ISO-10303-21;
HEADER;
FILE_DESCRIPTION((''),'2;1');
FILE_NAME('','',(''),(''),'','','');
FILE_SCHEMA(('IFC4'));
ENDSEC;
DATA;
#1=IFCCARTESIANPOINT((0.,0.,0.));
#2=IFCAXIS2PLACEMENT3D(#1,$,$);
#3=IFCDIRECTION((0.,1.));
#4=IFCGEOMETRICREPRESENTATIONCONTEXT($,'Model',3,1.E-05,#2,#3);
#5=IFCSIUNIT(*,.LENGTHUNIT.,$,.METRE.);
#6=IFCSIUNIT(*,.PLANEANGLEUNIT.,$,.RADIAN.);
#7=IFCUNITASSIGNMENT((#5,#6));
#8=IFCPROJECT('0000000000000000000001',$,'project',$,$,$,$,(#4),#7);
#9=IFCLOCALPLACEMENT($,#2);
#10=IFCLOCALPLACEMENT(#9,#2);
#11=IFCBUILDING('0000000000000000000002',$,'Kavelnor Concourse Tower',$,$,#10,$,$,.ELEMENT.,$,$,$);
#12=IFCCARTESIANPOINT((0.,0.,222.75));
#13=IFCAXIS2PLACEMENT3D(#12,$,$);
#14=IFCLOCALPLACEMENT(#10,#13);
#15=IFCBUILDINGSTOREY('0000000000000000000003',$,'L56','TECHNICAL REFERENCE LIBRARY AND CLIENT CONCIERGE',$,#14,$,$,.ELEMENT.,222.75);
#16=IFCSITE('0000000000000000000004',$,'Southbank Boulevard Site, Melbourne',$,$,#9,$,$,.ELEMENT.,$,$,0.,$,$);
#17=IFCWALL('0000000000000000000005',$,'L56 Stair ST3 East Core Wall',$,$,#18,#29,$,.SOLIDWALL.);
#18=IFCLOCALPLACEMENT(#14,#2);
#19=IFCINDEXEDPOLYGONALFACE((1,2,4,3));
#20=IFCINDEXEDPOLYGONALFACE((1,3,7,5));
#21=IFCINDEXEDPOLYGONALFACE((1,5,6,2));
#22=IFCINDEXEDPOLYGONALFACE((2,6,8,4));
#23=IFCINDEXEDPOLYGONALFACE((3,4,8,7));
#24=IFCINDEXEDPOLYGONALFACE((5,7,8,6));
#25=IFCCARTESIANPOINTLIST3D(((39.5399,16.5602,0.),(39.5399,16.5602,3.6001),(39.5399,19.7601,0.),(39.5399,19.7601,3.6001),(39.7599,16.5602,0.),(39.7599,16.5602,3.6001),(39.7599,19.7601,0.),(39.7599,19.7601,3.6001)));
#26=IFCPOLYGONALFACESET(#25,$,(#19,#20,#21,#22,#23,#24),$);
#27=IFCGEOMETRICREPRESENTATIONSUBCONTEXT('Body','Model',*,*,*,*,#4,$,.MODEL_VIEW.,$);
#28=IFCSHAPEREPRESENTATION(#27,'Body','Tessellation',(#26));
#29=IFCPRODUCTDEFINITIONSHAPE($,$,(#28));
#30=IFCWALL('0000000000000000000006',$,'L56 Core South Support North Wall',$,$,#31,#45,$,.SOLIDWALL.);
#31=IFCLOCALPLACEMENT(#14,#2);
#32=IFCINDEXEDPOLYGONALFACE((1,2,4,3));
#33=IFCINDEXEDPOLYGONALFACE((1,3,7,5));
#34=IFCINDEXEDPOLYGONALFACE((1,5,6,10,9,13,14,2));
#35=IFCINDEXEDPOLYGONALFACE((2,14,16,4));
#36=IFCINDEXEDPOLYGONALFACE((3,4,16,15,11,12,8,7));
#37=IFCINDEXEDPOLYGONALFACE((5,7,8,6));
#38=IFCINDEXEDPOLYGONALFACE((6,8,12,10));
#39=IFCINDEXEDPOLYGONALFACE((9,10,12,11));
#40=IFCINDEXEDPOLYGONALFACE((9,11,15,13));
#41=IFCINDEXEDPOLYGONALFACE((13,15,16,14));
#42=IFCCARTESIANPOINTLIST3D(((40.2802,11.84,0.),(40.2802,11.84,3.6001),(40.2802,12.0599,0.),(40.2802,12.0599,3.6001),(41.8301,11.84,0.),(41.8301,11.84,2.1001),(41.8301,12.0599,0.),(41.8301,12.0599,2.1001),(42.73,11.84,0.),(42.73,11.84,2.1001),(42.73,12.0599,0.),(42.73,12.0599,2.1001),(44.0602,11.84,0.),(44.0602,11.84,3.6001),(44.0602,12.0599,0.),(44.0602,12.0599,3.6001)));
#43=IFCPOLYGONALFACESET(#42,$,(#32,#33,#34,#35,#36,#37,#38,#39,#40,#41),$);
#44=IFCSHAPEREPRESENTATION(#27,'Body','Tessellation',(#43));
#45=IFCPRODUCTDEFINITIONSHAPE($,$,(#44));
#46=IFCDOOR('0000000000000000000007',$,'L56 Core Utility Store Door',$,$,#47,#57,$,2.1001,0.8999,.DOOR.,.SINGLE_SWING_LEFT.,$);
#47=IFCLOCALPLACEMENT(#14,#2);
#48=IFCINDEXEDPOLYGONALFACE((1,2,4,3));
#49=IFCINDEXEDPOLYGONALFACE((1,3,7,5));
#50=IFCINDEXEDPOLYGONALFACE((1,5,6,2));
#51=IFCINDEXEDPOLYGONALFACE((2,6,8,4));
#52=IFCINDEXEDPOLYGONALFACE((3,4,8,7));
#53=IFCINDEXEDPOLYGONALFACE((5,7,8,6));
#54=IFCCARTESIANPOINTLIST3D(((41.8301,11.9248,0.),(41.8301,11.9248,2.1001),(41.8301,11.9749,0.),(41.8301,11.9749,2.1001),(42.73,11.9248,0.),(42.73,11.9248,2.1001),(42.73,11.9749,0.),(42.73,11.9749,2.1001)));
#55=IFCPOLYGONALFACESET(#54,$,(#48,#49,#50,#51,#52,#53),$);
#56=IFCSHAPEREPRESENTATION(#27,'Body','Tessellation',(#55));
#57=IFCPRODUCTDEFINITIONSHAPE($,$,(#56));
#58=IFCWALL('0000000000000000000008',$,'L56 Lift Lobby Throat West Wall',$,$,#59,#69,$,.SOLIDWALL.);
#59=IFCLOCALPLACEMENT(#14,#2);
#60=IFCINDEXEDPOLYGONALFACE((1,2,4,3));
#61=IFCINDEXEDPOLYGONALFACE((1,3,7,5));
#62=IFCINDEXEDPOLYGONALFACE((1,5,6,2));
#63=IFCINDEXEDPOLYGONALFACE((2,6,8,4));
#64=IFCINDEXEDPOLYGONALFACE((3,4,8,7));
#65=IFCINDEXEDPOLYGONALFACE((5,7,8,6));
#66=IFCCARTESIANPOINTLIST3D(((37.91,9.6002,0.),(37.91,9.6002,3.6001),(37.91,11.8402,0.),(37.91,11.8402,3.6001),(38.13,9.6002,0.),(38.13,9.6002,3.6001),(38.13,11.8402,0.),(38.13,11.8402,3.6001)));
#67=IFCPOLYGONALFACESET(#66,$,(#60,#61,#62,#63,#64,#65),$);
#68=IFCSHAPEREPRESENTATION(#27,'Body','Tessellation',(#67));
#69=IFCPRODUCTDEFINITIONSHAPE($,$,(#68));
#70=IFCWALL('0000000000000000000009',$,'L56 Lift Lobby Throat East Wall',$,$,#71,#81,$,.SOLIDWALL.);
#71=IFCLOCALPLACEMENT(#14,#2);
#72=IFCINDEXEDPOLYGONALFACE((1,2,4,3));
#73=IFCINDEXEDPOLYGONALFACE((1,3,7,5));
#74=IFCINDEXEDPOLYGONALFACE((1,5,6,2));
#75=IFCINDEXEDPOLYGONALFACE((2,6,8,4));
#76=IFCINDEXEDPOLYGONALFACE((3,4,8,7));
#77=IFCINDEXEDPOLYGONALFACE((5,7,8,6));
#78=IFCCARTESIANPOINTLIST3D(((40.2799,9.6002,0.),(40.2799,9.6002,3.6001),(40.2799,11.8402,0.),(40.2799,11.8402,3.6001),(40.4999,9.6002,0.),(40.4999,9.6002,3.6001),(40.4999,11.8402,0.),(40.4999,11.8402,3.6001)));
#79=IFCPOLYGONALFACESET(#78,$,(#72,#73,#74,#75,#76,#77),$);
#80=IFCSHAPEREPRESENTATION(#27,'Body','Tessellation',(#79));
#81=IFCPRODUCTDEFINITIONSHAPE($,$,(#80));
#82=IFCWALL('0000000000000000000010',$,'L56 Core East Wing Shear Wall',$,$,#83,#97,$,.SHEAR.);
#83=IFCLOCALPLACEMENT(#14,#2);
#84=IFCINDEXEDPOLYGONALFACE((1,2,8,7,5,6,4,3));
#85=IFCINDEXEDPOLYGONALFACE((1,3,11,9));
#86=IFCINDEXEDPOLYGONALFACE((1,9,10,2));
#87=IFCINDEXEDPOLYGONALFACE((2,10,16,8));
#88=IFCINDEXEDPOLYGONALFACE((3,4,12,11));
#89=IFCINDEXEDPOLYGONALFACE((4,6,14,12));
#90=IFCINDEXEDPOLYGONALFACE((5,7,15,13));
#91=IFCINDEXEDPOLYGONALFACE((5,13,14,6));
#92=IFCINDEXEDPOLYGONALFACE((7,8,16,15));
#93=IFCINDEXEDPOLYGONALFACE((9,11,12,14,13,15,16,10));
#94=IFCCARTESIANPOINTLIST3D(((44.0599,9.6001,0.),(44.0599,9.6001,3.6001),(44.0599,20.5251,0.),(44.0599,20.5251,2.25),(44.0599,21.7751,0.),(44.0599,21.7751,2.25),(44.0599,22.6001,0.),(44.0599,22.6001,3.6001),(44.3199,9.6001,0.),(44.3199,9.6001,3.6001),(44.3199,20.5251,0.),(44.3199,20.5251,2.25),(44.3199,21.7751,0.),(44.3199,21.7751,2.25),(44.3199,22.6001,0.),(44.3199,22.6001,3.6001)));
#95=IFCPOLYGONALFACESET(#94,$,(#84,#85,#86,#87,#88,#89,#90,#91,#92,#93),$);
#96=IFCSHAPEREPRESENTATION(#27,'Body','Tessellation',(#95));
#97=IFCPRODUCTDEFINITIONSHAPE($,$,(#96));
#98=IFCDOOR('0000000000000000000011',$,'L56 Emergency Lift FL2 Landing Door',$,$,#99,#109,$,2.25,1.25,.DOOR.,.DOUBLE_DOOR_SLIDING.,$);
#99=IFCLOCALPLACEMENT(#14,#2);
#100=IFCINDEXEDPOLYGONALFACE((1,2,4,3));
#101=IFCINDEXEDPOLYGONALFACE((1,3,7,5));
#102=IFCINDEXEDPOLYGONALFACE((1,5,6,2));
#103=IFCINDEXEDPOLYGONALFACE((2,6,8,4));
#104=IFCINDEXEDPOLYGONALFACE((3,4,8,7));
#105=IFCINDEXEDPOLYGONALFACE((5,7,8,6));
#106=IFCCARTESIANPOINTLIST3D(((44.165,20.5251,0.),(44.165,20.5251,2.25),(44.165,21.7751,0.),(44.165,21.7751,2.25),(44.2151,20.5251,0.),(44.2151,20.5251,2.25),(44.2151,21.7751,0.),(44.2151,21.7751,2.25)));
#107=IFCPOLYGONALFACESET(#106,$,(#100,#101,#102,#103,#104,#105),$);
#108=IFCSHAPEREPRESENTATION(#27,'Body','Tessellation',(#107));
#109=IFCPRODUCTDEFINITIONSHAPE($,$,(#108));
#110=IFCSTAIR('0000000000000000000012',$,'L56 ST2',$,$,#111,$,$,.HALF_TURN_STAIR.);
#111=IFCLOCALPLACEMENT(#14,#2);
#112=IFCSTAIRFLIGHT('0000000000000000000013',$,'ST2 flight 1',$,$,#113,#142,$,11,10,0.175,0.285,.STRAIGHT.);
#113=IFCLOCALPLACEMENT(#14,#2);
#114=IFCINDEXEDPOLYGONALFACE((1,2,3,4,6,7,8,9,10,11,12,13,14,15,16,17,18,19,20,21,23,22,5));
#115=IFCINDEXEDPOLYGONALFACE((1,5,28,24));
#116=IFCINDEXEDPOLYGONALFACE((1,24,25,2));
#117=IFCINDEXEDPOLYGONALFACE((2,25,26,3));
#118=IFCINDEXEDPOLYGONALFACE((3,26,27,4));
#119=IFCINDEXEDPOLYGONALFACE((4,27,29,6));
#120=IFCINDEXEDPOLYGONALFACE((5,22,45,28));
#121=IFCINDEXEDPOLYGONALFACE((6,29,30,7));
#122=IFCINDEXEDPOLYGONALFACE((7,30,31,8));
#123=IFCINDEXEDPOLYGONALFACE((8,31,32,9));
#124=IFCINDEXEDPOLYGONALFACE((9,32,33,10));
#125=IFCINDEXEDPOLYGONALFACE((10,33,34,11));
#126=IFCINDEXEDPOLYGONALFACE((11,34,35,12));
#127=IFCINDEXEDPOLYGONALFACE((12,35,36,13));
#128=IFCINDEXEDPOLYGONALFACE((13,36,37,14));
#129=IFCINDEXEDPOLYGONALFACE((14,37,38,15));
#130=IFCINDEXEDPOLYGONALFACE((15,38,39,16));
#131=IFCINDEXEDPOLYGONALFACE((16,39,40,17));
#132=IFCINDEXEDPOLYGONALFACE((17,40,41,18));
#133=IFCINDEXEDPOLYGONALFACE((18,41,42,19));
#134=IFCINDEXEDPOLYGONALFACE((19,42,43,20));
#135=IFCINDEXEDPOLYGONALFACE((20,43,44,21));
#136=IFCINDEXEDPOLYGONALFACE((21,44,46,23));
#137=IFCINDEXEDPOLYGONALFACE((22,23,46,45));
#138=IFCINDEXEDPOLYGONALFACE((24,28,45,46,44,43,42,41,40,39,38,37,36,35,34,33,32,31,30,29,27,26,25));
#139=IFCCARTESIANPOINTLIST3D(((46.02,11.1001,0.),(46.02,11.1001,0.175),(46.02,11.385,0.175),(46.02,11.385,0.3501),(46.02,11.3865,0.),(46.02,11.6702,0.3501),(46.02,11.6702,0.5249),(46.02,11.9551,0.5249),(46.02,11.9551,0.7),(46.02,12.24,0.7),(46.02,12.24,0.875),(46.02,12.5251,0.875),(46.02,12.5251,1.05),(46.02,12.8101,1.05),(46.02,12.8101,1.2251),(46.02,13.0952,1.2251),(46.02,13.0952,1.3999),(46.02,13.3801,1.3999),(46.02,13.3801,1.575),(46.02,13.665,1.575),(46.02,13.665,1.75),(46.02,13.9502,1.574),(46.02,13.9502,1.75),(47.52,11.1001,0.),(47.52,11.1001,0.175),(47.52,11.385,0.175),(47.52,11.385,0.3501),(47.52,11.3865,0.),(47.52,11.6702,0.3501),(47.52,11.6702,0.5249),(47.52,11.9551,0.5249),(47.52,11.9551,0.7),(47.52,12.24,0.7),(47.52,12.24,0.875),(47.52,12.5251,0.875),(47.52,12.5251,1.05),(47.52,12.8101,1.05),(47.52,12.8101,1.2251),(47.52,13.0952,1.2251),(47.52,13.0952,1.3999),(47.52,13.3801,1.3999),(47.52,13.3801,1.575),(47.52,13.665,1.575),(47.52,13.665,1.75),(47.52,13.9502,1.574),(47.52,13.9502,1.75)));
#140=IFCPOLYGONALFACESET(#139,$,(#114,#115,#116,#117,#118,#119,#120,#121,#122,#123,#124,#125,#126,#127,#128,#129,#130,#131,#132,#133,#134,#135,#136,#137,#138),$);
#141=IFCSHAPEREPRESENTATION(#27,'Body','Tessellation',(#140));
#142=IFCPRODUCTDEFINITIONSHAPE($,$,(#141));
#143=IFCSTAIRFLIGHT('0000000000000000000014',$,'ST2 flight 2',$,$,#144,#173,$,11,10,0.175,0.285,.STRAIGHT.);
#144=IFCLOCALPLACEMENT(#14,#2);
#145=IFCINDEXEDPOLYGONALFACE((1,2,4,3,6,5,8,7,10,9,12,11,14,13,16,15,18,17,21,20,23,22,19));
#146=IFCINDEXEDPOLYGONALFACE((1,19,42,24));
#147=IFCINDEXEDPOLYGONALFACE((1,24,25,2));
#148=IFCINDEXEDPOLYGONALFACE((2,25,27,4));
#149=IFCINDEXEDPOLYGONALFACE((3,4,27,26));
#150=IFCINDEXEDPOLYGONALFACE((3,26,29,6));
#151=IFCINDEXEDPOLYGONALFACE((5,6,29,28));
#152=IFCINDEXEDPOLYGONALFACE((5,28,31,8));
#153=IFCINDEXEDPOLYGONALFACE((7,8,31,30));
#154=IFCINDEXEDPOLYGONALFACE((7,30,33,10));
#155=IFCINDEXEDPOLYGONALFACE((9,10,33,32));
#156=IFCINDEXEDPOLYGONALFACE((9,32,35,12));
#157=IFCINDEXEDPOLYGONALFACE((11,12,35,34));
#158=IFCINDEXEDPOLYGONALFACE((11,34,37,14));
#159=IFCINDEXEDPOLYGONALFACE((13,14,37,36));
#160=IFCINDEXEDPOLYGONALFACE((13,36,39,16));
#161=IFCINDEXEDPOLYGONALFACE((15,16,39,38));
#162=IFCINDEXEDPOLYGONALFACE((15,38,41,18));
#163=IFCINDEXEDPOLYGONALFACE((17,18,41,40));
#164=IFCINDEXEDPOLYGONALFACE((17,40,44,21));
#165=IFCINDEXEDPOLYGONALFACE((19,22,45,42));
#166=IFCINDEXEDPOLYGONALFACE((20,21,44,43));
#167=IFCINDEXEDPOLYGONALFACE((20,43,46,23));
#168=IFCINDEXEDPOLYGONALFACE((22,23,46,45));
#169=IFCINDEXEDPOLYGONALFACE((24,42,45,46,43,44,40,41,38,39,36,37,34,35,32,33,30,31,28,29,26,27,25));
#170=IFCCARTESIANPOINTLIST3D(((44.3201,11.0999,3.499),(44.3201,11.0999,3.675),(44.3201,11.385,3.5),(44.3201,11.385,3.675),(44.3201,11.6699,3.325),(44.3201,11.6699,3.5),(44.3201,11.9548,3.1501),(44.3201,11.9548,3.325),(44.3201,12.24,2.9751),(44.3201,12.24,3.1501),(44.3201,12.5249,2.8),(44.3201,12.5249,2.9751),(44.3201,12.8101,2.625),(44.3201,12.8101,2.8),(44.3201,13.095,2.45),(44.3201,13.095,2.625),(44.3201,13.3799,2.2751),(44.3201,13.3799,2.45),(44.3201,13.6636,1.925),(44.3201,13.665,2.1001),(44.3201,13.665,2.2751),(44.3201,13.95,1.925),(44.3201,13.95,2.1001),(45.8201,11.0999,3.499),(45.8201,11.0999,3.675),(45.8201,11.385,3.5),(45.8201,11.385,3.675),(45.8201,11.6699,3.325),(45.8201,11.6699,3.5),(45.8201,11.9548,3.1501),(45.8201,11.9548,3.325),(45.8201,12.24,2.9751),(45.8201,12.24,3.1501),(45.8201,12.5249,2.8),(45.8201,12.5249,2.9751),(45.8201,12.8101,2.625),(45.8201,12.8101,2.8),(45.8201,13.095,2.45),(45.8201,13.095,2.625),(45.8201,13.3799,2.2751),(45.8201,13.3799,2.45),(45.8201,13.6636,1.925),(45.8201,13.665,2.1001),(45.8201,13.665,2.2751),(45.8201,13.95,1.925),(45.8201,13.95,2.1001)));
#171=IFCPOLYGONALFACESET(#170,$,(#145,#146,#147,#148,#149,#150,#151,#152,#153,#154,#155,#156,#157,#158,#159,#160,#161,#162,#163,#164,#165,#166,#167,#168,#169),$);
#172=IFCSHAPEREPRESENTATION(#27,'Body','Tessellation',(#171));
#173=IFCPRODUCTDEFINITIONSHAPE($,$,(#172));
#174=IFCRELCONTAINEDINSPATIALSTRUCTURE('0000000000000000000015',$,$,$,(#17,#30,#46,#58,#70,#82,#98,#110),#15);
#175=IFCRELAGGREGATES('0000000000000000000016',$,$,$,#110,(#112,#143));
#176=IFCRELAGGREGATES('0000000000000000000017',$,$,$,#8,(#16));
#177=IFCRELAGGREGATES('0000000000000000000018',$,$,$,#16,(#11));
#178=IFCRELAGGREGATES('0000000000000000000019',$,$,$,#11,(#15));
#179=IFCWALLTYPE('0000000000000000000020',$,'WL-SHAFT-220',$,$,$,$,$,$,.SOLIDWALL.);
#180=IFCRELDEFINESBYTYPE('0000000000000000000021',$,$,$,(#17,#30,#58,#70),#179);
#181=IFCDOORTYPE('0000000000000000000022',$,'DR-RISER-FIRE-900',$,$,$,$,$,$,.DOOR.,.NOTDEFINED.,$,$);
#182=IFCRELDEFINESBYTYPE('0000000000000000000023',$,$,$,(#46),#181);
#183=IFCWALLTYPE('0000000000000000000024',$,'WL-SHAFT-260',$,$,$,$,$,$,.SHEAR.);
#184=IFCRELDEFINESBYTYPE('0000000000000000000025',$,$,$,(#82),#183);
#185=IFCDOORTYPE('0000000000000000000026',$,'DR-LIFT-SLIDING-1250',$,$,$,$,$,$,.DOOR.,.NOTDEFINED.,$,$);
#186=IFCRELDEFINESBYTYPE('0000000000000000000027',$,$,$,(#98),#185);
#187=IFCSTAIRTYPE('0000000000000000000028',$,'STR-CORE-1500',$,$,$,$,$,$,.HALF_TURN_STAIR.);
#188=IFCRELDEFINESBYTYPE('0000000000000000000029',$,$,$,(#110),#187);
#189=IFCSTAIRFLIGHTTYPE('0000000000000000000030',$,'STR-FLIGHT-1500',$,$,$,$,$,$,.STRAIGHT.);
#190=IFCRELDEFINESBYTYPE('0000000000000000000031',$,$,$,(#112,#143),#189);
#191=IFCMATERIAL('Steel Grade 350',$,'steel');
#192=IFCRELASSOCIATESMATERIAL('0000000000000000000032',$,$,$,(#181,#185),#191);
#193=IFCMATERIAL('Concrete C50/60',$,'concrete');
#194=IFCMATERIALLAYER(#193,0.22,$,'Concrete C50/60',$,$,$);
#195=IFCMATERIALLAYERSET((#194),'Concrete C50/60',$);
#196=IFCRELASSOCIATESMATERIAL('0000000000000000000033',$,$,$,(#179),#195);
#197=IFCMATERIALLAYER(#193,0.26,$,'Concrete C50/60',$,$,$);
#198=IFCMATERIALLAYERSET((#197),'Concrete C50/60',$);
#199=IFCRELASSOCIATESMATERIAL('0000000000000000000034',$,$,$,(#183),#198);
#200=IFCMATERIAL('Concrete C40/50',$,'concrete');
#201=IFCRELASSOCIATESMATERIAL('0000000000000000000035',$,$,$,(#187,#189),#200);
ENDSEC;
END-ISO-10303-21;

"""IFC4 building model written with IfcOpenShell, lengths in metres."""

from ifc_helpers import new_model, si_unit, direction, frame, frame_2d, origin, place, context, subcontext, project, spatial, polyline, rectangle, outline, extrude, material, layer, layer_set, type_object, element, fill, aggregate, save


model = new_model("IFC4")

# Units and contexts
model_context = context("Model", 3, precision=1e-05, world=origin(), true_north=direction((0.0, 1.0)))
body_context = subcontext(model_context, "Body", "Model", "MODEL_VIEW")
ifc_project = project(units=[si_unit("LENGTHUNIT", "METRE"), si_unit("PLANEANGLEUNIT", "RADIAN")], contexts=[model_context])

# Site, building, storey
site_placement = place(None, origin())
site = spatial("IfcSite", under=ifc_project, at=site_placement, Name="Southbank Boulevard Site, Melbourne", CompositionType="ELEMENT", RefElevation=0.0)
building_placement = place(site_placement, origin())
building = spatial("IfcBuilding", under=site, at=building_placement, Name="Kavelnor Concourse Tower", CompositionType="ELEMENT")
storey_placement = place(building_placement, frame((0.0, 0.0, 222.75)))
storey = spatial("IfcBuildingStorey", under=building, at=storey_placement, Name="L56", Description="TECHNICAL REFERENCE LIBRARY AND CLIENT CONCIERGE", CompositionType="ELEMENT", Elevation=222.75)

# Shared definitions
ifc_material_1 = material(Name="Steel Grade 350", Category="steel")

# Shared definitions
ifc_material_2 = material(Name="Concrete C50/60", Category="concrete")
door_type_1 = type_object("IfcDoorType", Name="DR-RISER-FIRE-900", OperationType="NOTDEFINED", PredefinedType="DOOR", material=ifc_material_1)

# Wall
ifc_layer_1 = layer(ifc_material_2, 0.22, Name="Concrete C50/60")
ifc_layer_set_1 = layer_set([ifc_layer_1], Name="Concrete C50/60")
wall_type_1 = type_object("IfcWallType", Name="WL-SHAFT-220", PredefinedType="SOLIDWALL", material=ifc_layer_set_1)
wall_1_placement = place(storey_placement, frame((39.6499, 16.5601, 0.0), z_axis=(0.0, 0.0, 1.0), x_axis=(0.0, 1.0, 0.0)))
element("IfcWall", 1, at=wall_1_placement, inside=storey, type_object=wall_type_1, Name="L56 Stair ST3 East Core Wall", PredefinedType="SOLIDWALL", context=body_context, shape_type="SweptSolid", body=[
    extrude(rectangle(XDim=3.2, YDim=0.22, at=frame_2d((1.6001, 0.0))), origin(), (0.0, 0.0, 1.0), 3.6001),
])

# Wall, opening, door
wall_2_placement = place(storey_placement, frame((40.28, 11.95, 0.0), z_axis=(0.0, 0.0, 1.0), x_axis=(1.0, 0.0, 0.0)))
wall_2 = element("IfcWall", 2, at=wall_2_placement, inside=storey, type_object=wall_type_1, Name="L56 Core South Support North Wall", PredefinedType="SOLIDWALL", context=body_context, shape_type="SweptSolid", body=[
    extrude(rectangle(XDim=3.78, YDim=0.22, at=frame_2d((1.8901, 0.0))), origin(), (0.0, 0.0, 1.0), 3.6001),
])
opening_1_placement = place(wall_2_placement, frame((1.55, 0.0, 0.0)))
opening_1 = element("IfcOpeningElement", 3, at=opening_1_placement, cuts=wall_2, PredefinedType="OPENING", context=body_context, shape_type="SweptSolid", body=[
    extrude(rectangle(XDim=0.8999, YDim=2.1001, at=frame_2d((0.45, 1.05))), frame((0.0, 0.1201, 0.0), z_axis=(0.0, -1.0, 0.0), x_axis=(1.0, 0.0, 0.0)), (0.0, 0.0, 1.0), 0.24),
])
door_1_placement = place(opening_1_placement, origin())
door_1 = element("IfcDoor", 4, at=door_1_placement, inside=storey, type_object=door_type_1, Name="L56 Core Utility Store Door", OperationType="SINGLE_SWING_LEFT", OverallHeight=2.1001, OverallWidth=0.8999, PredefinedType="DOOR", context=body_context, shape_type="SweptSolid", body=[
    extrude(rectangle(XDim=0.8999, YDim=2.1001, at=frame_2d((0.45, 1.05))), frame((0.0, 0.0249, 0.0), z_axis=(0.0, -1.0, 0.0), x_axis=(1.0, 0.0, 0.0)), (0.0, 0.0, 1.0), 0.05),
])
fill(opening_1, door_1)

# Walls
for number, where, z_axis, x_axis, name in (
    (5, (38.02, 9.6001, 0.0), (0.0, 0.0, 1.0), (0.0, 1.0, 0.0), "L56 Lift Lobby Throat West Wall"),
    (6, (40.3899, 9.6001, 0.0), (0.0, 0.0, 1.0), (0.0, 1.0, 0.0), "L56 Lift Lobby Throat East Wall"),
):
    element("IfcWall", number, at=place(storey_placement, frame(where, z_axis=z_axis, x_axis=x_axis)), inside=storey, type_object=wall_type_1, Name=name, PredefinedType="SOLIDWALL", context=body_context, shape_type="SweptSolid", body=[
        extrude(rectangle(XDim=2.24, YDim=0.22, at=frame_2d((1.1201, 0.0))), origin(), (0.0, 0.0, 1.0), 3.6001),
    ])

# Wall, opening, door
ifc_layer_2 = layer(ifc_material_2, 0.26, Name="Concrete C50/60")
ifc_layer_set_2 = layer_set([ifc_layer_2], Name="Concrete C50/60")
wall_type_2 = type_object("IfcWallType", Name="WL-SHAFT-260", PredefinedType="SHEAR", material=ifc_layer_set_2)
wall_3_placement = place(storey_placement, frame((44.1899, 9.6001, 0.0), z_axis=(0.0, 0.0, 1.0), x_axis=(0.0, 1.0, 0.0)))
wall_3 = element("IfcWall", 7, at=wall_3_placement, inside=storey, type_object=wall_type_2, Name="L56 Core East Wing Shear Wall", PredefinedType="SHEAR", context=body_context, shape_type="SweptSolid", body=[
    extrude(rectangle(XDim=13.0, YDim=0.26, at=frame_2d((6.5, 0.0))), origin(), (0.0, 0.0, 1.0), 3.6001),
])
opening_2_placement = place(wall_3_placement, frame((10.925, 0.0, 0.0)))
opening_2 = element("IfcOpeningElement", 8, at=opening_2_placement, cuts=wall_3, PredefinedType="OPENING", context=body_context, shape_type="SweptSolid", body=[
    extrude(rectangle(XDim=1.25, YDim=2.25, at=frame_2d((0.625, 1.125))), frame((0.0, 0.1401, 0.0), z_axis=(0.0, -1.0, 0.0), x_axis=(1.0, 0.0, 0.0)), (0.0, 0.0, 1.0), 0.28),
])
door_type_2 = type_object("IfcDoorType", Name="DR-LIFT-SLIDING-1250", OperationType="NOTDEFINED", PredefinedType="DOOR", material=ifc_material_1)
door_2_placement = place(opening_2_placement, origin())
door_2 = element("IfcDoor", 9, at=door_2_placement, inside=storey, type_object=door_type_2, Name="L56 Emergency Lift FL2 Landing Door", OperationType="DOUBLE_DOOR_SLIDING", OverallHeight=2.25, OverallWidth=1.25, PredefinedType="DOOR", context=body_context, shape_type="SweptSolid", body=[
    extrude(rectangle(XDim=1.25, YDim=2.25, at=frame_2d((0.625, 1.125))), frame((0.0, 0.0249, 0.0), z_axis=(0.0, -1.0, 0.0), x_axis=(1.0, 0.0, 0.0)), (0.0, 0.0, 1.0), 0.05),
])
fill(opening_2, door_2)

# Stair, stair flights
ifc_material_3 = material(Name="Concrete C40/50", Category="concrete")
stair_type = type_object("IfcStairType", Name="STR-CORE-1500", PredefinedType="HALF_TURN_STAIR", material=ifc_material_3)
stair_placement = place(storey_placement, origin())
stair = element("IfcStair", 10, at=stair_placement, inside=storey, type_object=stair_type, Name="L56 ST2", PredefinedType="HALF_TURN_STAIR")
stair_flight_type = type_object("IfcStairFlightType", Name="STR-FLIGHT-1500", PredefinedType="STRAIGHT", material=ifc_material_3)
stair_flight_1_placement = place(storey_placement, frame((46.77, 11.1001, 0.0), z_axis=(0.0, 0.0, 1.0), x_axis=(0.0, 1.0, 0.0)))
stair_flight_1 = element("IfcStairFlight", 11, at=stair_flight_1_placement, type_object=stair_flight_type, Name="ST2 flight 1", NumberOfRisers=11, NumberOfTreads=10, PredefinedType="STRAIGHT", RiserHeight=0.175, TreadLength=0.285, context=body_context, shape_type="SweptSolid", body=[
    extrude(outline(polyline([(0.0, 0.0), (0.0, 0.175), (0.2849, 0.175), (0.2849, 0.3501), (0.5701, 0.3501), (0.5701, 0.5249), (0.855, 0.5249), (0.855, 0.7), (1.1399, 0.7), (1.1399, 0.875), (1.425, 0.875), (1.425, 1.05), (1.71, 1.05), (1.71, 1.2251), (1.9951, 1.2251), (1.9951, 1.3999), (2.28, 1.3999), (2.28, 1.575), (2.5649, 1.575), (2.5649, 1.75), (2.8501, 1.75), (2.8501, 1.925), (2.8501, 1.574), (0.2864, 0.0), (0.0, 0.0)])), frame((0.0, 0.75, 0.0), z_axis=(0.0, -1.0, 0.0), x_axis=(1.0, 0.0, 0.0)), (0.0, 0.0, 1.0), 1.5),
])
stair_flight_2_placement = place(storey_placement, frame((45.0701, 13.95, 1.925), z_axis=(0.0, 0.0, 1.0), x_axis=(0.0, -1.0, 0.0)))
stair_flight_2 = element("IfcStairFlight", 12, at=stair_flight_2_placement, type_object=stair_flight_type, Name="ST2 flight 2", NumberOfRisers=11, NumberOfTreads=10, PredefinedType="STRAIGHT", RiserHeight=0.175, TreadLength=0.285, context=body_context, shape_type="SweptSolid", body=[
    extrude(outline(polyline([(0.0, 0.0), (0.0, 0.175), (0.2849, 0.175), (0.2849, 0.3501), (0.5701, 0.3501), (0.5701, 0.5249), (0.855, 0.5249), (0.855, 0.7), (1.1399, 0.7), (1.1399, 0.875), (1.425, 0.875), (1.425, 1.05), (1.71, 1.05), (1.71, 1.2251), (1.9951, 1.2251), (1.9951, 1.3999), (2.28, 1.3999), (2.28, 1.575), (2.5649, 1.575), (2.5649, 1.75), (2.8501, 1.75), (2.8501, 1.925), (2.8501, 1.574), (0.2864, 0.0), (0.0, 0.0)])), frame((0.0, 0.75, 0.0), z_axis=(0.0, -1.0, 0.0), x_axis=(1.0, 0.0, 0.0)), (0.0, 0.0, 1.0), 1.5),
])
aggregate(stair, [stair_flight_1, stair_flight_2])

save(model, "model.ifc")
